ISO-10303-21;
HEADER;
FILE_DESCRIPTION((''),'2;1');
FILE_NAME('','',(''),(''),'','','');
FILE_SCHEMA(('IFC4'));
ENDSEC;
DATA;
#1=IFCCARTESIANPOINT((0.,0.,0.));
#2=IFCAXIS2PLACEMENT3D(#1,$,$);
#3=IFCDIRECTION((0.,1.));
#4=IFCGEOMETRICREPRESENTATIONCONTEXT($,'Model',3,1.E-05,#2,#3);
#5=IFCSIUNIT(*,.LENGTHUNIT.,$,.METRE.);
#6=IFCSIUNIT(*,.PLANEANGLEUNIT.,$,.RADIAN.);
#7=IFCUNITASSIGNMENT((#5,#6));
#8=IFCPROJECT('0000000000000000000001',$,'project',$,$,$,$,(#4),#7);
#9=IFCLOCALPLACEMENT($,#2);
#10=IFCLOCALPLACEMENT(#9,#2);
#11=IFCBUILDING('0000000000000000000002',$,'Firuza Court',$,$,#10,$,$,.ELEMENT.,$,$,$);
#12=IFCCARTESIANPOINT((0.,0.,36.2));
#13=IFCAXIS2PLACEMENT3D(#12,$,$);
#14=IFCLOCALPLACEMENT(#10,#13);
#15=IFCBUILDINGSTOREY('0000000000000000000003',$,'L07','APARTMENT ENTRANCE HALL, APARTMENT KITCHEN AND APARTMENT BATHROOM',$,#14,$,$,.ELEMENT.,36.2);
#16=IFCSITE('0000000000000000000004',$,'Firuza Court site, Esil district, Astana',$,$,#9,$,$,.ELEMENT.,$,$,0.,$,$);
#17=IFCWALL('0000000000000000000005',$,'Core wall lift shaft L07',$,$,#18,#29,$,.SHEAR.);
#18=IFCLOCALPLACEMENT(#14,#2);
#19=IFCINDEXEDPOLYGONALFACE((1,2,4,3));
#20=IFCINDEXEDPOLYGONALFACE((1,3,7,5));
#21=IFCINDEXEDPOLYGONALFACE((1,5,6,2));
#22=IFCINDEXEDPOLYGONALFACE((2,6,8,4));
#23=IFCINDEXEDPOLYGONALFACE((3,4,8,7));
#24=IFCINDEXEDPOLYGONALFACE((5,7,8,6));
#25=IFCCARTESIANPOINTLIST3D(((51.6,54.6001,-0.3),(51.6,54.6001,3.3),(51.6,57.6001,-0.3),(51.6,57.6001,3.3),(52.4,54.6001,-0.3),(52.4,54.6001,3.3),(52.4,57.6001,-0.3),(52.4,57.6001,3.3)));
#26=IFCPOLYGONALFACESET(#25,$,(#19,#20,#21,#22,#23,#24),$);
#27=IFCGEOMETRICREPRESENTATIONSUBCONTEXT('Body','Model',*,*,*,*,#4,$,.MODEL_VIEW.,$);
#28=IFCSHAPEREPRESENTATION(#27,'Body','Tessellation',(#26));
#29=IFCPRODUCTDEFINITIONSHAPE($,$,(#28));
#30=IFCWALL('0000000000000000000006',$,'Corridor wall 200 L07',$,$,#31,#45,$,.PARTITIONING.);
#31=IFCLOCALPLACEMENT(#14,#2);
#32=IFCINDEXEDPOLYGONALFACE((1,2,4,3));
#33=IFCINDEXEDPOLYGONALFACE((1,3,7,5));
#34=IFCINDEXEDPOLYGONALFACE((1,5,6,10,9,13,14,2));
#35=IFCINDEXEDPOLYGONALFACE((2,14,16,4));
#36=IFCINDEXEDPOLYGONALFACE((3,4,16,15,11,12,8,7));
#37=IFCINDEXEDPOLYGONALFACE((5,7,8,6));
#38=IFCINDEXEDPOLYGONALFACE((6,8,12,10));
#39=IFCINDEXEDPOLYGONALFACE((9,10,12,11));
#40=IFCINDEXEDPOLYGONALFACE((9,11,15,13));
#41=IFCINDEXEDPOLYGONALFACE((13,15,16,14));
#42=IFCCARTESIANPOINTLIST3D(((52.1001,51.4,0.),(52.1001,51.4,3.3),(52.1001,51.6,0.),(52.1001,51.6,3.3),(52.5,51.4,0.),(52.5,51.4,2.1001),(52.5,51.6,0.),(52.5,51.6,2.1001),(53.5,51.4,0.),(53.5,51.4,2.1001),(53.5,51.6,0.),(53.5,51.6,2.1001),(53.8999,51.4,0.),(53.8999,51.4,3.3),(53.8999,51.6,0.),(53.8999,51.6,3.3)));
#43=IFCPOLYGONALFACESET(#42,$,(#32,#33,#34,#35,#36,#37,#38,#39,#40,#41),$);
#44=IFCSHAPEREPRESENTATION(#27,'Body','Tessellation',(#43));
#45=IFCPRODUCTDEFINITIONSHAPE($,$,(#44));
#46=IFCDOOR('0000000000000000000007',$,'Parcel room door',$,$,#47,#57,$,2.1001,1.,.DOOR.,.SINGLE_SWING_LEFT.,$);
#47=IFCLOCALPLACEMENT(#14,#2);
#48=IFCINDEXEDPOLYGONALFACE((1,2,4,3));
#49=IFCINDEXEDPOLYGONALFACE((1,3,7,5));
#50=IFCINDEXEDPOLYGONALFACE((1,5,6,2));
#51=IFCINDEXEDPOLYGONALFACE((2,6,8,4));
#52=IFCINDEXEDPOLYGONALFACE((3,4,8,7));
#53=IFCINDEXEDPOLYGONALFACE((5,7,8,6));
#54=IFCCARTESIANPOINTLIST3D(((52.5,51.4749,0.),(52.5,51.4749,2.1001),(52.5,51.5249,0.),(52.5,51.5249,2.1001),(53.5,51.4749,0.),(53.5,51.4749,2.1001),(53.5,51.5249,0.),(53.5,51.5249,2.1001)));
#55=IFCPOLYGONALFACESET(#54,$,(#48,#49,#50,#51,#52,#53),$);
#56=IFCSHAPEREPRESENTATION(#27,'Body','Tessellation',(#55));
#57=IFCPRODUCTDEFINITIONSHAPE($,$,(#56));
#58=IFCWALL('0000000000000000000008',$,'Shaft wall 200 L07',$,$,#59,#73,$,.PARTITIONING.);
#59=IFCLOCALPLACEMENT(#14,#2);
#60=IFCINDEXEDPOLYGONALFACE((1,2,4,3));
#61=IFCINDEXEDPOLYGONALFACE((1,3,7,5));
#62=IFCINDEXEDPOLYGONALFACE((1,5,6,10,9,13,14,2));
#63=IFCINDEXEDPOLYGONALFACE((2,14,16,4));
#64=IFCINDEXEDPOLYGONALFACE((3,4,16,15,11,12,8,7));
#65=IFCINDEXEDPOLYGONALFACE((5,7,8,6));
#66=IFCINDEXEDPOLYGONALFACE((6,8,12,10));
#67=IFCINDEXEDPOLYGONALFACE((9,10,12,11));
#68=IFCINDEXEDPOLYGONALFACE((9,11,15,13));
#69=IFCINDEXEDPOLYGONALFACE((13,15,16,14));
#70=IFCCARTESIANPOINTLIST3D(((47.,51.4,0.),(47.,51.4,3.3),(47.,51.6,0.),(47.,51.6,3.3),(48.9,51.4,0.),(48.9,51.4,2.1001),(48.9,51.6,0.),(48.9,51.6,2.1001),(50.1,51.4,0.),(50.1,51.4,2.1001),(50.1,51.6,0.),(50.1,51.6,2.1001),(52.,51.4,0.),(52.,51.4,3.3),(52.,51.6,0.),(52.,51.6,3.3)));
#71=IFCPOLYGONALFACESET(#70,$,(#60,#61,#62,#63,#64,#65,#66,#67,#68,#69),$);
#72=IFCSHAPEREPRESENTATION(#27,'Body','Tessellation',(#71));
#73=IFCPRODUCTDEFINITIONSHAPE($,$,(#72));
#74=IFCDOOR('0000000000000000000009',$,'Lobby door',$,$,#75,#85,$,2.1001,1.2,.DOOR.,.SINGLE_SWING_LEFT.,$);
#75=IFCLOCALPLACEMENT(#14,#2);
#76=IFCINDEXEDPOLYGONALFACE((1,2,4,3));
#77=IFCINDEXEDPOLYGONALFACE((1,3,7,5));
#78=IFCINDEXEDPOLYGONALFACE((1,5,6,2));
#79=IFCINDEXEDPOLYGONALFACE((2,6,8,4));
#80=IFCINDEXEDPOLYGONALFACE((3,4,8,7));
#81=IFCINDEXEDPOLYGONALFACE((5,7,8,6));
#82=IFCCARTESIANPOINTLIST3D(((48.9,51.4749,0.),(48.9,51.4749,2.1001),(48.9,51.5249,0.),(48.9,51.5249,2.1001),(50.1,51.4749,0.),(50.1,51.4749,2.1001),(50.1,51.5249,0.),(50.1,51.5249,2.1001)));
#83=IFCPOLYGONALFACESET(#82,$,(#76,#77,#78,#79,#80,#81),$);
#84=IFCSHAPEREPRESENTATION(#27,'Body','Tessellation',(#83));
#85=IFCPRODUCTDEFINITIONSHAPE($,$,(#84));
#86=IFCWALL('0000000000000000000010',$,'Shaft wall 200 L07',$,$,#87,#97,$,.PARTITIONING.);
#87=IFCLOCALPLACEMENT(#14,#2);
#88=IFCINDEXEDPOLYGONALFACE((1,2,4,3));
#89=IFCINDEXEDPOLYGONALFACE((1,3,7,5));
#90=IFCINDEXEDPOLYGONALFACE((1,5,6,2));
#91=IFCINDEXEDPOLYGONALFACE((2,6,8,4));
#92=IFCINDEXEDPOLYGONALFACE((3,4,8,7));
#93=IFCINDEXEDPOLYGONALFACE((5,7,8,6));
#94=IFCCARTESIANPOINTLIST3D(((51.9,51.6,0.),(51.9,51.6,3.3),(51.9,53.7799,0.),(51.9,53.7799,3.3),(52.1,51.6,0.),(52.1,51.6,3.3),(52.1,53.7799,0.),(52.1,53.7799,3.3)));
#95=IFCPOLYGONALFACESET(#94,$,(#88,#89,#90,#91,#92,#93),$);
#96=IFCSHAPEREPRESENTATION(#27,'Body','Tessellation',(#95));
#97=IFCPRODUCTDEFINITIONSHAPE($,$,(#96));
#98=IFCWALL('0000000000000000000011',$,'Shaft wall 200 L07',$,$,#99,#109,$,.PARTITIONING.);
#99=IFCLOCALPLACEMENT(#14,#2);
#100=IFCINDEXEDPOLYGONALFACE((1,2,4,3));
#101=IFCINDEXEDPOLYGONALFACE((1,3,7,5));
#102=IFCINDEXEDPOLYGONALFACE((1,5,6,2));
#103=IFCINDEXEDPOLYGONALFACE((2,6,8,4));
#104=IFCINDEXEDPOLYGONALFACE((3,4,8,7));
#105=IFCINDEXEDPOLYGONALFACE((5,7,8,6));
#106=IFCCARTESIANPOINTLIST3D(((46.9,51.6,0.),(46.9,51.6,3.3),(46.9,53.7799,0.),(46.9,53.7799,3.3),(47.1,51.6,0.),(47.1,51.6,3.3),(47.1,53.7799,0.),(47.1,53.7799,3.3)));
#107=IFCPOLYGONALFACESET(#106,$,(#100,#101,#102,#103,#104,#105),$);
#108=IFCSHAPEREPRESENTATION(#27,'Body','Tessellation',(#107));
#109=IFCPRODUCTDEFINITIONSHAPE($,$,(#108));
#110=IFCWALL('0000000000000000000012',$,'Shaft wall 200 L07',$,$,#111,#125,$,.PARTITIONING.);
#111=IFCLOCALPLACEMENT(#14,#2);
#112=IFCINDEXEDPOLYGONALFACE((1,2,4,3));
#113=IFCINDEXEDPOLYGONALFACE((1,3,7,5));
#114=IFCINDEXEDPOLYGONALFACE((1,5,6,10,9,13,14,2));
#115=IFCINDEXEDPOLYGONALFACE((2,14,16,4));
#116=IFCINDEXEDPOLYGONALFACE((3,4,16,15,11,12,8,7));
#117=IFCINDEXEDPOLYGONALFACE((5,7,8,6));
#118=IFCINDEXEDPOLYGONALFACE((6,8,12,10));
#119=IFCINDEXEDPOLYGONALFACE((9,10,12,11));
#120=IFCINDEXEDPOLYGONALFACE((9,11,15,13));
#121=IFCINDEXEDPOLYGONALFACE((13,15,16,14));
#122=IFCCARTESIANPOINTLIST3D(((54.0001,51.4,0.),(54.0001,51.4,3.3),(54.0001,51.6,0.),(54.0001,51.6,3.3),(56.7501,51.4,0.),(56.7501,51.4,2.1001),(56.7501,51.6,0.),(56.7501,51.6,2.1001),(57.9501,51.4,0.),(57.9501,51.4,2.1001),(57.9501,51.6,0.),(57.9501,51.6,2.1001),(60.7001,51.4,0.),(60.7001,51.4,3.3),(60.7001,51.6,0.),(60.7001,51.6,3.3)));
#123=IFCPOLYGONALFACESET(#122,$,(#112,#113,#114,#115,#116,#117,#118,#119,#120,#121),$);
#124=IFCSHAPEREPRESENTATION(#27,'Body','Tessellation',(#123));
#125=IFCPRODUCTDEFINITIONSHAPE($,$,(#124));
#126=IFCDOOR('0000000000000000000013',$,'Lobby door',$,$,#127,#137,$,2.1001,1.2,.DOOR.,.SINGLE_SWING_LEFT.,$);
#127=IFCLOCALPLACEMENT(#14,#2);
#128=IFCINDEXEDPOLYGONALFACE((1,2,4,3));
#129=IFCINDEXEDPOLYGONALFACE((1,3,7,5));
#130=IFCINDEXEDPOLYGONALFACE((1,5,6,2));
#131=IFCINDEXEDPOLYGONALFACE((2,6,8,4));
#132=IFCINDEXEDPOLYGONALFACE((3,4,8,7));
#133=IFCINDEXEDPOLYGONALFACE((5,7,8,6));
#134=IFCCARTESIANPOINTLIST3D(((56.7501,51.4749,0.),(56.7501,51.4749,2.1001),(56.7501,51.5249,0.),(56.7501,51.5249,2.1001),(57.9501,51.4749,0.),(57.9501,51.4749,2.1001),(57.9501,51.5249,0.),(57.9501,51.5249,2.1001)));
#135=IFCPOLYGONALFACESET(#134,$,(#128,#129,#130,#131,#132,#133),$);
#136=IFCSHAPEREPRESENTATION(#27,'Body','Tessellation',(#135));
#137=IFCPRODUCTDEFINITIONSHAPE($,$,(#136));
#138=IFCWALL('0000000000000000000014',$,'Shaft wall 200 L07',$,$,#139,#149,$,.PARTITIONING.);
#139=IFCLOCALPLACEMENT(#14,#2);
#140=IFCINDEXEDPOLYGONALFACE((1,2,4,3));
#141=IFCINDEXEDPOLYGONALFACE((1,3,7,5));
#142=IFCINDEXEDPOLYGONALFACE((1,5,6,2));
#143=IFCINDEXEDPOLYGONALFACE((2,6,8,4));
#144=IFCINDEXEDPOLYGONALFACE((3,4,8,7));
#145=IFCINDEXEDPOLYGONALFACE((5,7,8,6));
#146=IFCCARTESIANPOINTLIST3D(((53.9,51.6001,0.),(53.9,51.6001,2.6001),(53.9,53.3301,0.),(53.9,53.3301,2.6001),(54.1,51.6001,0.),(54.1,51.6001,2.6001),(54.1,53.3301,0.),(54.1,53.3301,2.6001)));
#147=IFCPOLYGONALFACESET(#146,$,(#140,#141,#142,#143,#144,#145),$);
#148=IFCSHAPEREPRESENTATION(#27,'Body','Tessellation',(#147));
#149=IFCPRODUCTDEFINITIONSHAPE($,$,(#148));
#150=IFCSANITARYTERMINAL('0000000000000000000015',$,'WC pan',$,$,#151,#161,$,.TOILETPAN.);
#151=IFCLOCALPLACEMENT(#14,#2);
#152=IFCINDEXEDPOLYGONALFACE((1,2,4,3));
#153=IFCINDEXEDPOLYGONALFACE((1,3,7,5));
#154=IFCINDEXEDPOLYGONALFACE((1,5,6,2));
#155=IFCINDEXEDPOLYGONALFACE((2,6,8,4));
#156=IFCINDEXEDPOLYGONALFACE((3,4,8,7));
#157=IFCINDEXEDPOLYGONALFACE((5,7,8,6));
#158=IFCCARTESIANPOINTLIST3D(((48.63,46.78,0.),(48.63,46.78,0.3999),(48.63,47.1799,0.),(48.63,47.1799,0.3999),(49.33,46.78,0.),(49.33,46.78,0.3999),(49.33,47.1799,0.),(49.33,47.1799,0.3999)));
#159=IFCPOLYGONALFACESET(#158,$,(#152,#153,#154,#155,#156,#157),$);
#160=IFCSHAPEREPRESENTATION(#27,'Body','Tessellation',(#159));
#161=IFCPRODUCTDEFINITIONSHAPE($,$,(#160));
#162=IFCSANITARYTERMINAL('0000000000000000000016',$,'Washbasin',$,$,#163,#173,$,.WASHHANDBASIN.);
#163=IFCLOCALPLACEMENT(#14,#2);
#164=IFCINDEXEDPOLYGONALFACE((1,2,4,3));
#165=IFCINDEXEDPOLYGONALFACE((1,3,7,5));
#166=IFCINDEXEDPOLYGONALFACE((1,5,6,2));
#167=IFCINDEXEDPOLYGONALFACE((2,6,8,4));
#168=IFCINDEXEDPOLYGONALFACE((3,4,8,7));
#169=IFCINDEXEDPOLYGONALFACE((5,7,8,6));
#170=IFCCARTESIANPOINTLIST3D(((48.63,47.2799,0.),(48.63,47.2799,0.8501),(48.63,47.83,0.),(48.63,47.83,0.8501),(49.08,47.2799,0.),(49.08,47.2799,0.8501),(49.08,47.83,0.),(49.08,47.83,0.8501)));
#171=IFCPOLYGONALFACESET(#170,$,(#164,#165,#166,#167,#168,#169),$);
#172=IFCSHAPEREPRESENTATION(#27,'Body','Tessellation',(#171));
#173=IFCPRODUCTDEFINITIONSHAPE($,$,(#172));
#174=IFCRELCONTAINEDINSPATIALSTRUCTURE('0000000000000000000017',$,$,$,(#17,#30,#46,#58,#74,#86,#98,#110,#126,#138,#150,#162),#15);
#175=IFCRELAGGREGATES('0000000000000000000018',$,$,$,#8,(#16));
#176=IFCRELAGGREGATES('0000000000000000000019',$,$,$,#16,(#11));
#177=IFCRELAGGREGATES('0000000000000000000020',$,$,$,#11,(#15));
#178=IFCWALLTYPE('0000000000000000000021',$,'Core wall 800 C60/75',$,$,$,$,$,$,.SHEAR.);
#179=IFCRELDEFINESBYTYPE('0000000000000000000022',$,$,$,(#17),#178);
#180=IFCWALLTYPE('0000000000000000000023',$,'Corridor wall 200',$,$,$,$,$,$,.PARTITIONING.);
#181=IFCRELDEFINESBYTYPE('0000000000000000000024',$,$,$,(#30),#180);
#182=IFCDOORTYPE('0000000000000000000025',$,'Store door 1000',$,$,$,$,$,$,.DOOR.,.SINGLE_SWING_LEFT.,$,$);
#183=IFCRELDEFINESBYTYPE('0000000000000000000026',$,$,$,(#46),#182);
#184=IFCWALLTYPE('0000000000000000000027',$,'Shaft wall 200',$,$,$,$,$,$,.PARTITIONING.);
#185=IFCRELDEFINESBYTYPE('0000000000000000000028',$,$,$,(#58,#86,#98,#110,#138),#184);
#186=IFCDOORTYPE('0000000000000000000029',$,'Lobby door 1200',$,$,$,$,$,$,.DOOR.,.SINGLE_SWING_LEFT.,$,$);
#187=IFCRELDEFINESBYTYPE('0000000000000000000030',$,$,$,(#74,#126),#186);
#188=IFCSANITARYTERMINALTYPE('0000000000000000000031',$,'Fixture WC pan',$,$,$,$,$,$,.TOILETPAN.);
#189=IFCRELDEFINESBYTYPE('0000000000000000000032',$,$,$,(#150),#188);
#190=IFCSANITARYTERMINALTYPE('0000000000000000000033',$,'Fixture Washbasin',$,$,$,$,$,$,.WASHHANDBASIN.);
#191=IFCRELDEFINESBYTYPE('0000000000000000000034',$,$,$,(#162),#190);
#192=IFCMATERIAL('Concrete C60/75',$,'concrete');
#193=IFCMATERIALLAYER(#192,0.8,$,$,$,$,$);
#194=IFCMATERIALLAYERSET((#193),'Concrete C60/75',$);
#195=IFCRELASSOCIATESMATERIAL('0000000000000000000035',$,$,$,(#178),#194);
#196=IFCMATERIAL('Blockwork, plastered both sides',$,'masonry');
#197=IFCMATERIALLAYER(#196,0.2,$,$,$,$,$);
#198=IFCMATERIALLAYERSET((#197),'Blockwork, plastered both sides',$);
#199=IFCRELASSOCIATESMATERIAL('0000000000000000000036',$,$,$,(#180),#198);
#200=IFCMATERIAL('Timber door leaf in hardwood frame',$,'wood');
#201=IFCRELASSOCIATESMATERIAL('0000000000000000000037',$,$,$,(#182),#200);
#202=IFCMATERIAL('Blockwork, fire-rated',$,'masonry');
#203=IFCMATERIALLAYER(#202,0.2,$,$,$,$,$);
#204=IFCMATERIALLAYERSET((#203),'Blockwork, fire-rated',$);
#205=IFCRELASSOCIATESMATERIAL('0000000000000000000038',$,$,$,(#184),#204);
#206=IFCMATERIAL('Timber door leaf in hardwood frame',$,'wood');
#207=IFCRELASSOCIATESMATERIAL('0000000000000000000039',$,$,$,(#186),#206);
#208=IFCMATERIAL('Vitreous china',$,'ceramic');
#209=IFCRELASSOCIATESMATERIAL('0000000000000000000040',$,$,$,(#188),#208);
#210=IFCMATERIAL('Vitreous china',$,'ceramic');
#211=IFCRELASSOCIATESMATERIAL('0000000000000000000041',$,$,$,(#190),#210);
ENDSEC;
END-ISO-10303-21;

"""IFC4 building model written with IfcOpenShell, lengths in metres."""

from ifc_helpers import new_model, si_unit, direction, frame, frame_2d, origin, origin_2d, place, context, subcontext, project, spatial, rectangle, extrude, material, layer, layer_set, type_object, element, fill, save


model = new_model("IFC4")

# Units and contexts
model_context = context("Model", 3, precision=1e-05, world=origin(), true_north=direction((0.0, 1.0)))
body_context = subcontext(model_context, "Body", "Model", "MODEL_VIEW")
ifc_project = project(units=[si_unit("LENGTHUNIT", "METRE"), si_unit("PLANEANGLEUNIT", "RADIAN")], contexts=[model_context])

# Site, building, storey
site_placement = place(None, origin())
site = spatial("IfcSite", under=ifc_project, at=site_placement, Name="Firuza Court site, Esil district, Astana", CompositionType="ELEMENT", RefElevation=0.0)
building_placement = place(site_placement, origin())
building = spatial("IfcBuilding", under=site, at=building_placement, Name="Firuza Court", CompositionType="ELEMENT")
storey_placement = place(building_placement, frame((0.0, 0.0, 36.2)))
storey = spatial("IfcBuildingStorey", under=building, at=storey_placement, Name="L07", Description="APARTMENT ENTRANCE HALL, APARTMENT KITCHEN AND APARTMENT BATHROOM", CompositionType="ELEMENT", Elevation=36.2)

# Shared definitions
ifc_material_1 = material(Name="Concrete C60/75", Category="concrete")

# Wall
ifc_layer_1 = layer(ifc_material_1, 0.8)
ifc_layer_set_1 = layer_set([ifc_layer_1], Name="Concrete C60/75")
wall_type_1 = type_object("IfcWallType", Name="Core wall 800 C60/75", PredefinedType="SHEAR", material=ifc_layer_set_1)
wall_1_placement = place(storey_placement, frame((52.0, 54.6001, -0.3), z_axis=(0.0, 0.0, 1.0), x_axis=(0.0, 1.0, 0.0)))
element("IfcWall", 1, at=wall_1_placement, inside=storey, type_object=wall_type_1, Name="Core wall lift shaft L07", PredefinedType="SHEAR", context=body_context, shape_type="SweptSolid", body=[
    extrude(rectangle(XDim=3.0, YDim=0.8, at=frame_2d((1.5, 0.0))), origin(), (0.0, 0.0, 1.0), 3.6001),
])

# Walls, openings, doors
ifc_material_2 = material(Name="Blockwork, plastered both sides", Category="masonry")
ifc_layer_2 = layer(ifc_material_2, 0.2)
ifc_layer_set_2 = layer_set([ifc_layer_2], Name="Blockwork, plastered both sides")
wall_type_2 = type_object("IfcWallType", Name="Corridor wall 200", PredefinedType="PARTITIONING", material=ifc_layer_set_2)
wall_2_placement = place(storey_placement, frame((52.1001, 51.5, 0.0), z_axis=(0.0, 0.0, 1.0), x_axis=(1.0, 0.0, 0.0)))
wall_2 = element("IfcWall", 2, at=wall_2_placement, inside=storey, type_object=wall_type_2, Name="Corridor wall 200 L07", PredefinedType="PARTITIONING", context=body_context, shape_type="SweptSolid", body=[
    extrude(rectangle(XDim=1.7998, YDim=0.2, at=frame_2d((0.8999, 0.0))), origin(), (0.0, 0.0, 1.0), 3.3),
])
opening_1_placement = place(wall_2_placement, frame((0.3999, 0.0, 0.0)))
opening_1 = element("IfcOpeningElement", 3, at=opening_1_placement, cuts=wall_2, PredefinedType="OPENING", context=body_context, shape_type="SweptSolid", body=[
    extrude(rectangle(XDim=1.0, YDim=2.1001, at=frame_2d((0.5, 1.05))), frame((0.0, 0.1118, 0.0), z_axis=(0.0, -1.0, 0.0), x_axis=(1.0, 0.0, 0.0)), (0.0, 0.0, 1.0), 0.2239),
])
ifc_material_3 = material(Name="Timber door leaf in hardwood frame", Category="wood")
door_type_1 = type_object("IfcDoorType", Name="Store door 1000", OperationType="SINGLE_SWING_LEFT", PredefinedType="DOOR", material=ifc_material_3)
door_1_placement = place(opening_1_placement, origin())
door_1 = element("IfcDoor", 4, at=door_1_placement, inside=storey, type_object=door_type_1, Name="Parcel room door", OperationType="SINGLE_SWING_LEFT", OverallHeight=2.1001, OverallWidth=1.0, PredefinedType="DOOR", context=body_context, shape_type="SweptSolid", body=[
    extrude(rectangle(XDim=1.0, YDim=2.1001, at=frame_2d((0.5, 1.05))), frame((0.0, 0.0249, 0.0), z_axis=(0.0, -1.0, 0.0), x_axis=(1.0, 0.0, 0.0)), (0.0, 0.0, 1.0), 0.05),
])
fill(opening_1, door_1)
ifc_material_4 = material(Name="Blockwork, fire-rated", Category="masonry")
ifc_layer_3 = layer(ifc_material_4, 0.2)
ifc_layer_set_3 = layer_set([ifc_layer_3], Name="Blockwork, fire-rated")
wall_type_3 = type_object("IfcWallType", Name="Shaft wall 200", PredefinedType="PARTITIONING", material=ifc_layer_set_3)
wall_3_placement = place(storey_placement, frame((47.0, 51.5, 0.0), z_axis=(0.0, 0.0, 1.0), x_axis=(1.0, 0.0, 0.0)))
wall_3 = element("IfcWall", 5, at=wall_3_placement, inside=storey, type_object=wall_type_3, Name="Shaft wall 200 L07", PredefinedType="PARTITIONING", context=body_context, shape_type="SweptSolid", body=[
    extrude(rectangle(XDim=5.0, YDim=0.2, at=frame_2d((2.5, 0.0))), origin(), (0.0, 0.0, 1.0), 3.3),
])
opening_2_placement = place(wall_3_placement, frame((1.8999, 0.0, 0.0)))
opening_2 = element("IfcOpeningElement", 6, at=opening_2_placement, cuts=wall_3, PredefinedType="OPENING", context=body_context, shape_type="SweptSolid", body=[
    extrude(rectangle(XDim=1.2, YDim=2.1001, at=frame_2d((0.6001, 1.05))), frame((0.0, 0.1118, 0.0), z_axis=(0.0, -1.0, 0.0), x_axis=(1.0, 0.0, 0.0)), (0.0, 0.0, 1.0), 0.2239),
])
ifc_material_5 = material(Name="Timber door leaf in hardwood frame", Category="wood")
door_type_2 = type_object("IfcDoorType", Name="Lobby door 1200", OperationType="SINGLE_SWING_LEFT", PredefinedType="DOOR", material=ifc_material_5)
door_2_placement = place(opening_2_placement, origin())
door_2 = element("IfcDoor", 7, at=door_2_placement, inside=storey, type_object=door_type_2, Name="Lobby door", OperationType="SINGLE_SWING_LEFT", OverallHeight=2.1001, OverallWidth=1.2, PredefinedType="DOOR", context=body_context, shape_type="SweptSolid", body=[
    extrude(rectangle(XDim=1.2, YDim=2.1001, at=frame_2d((0.6001, 1.05))), frame((0.0, 0.0249, 0.0), z_axis=(0.0, -1.0, 0.0), x_axis=(1.0, 0.0, 0.0)), (0.0, 0.0, 1.0), 0.05),
])
fill(opening_2, door_2)

# Walls
for number, where, z_axis, x_axis, name in (
    (8, (52.0, 51.6001, 0.0), (0.0, 0.0, 1.0), (0.0, 1.0, 0.0), "Shaft wall 200 L07"),
    (9, (47.0, 51.6001, 0.0), (0.0, 0.0, 1.0), (0.0, 1.0, 0.0), "Shaft wall 200 L07"),
):
    element("IfcWall", number, at=place(storey_placement, frame(where, z_axis=z_axis, x_axis=x_axis)), inside=storey, type_object=wall_type_3, Name=name, PredefinedType="PARTITIONING", context=body_context, shape_type="SweptSolid", body=[
        extrude(rectangle(XDim=2.1799, YDim=0.2, at=frame_2d((1.0898, 0.0))), origin(), (0.0, 0.0, 1.0), 3.3),
    ])

# Wall, opening, door
wall_4_placement = place(storey_placement, frame((54.0, 51.5, 0.0), z_axis=(0.0, 0.0, 1.0), x_axis=(1.0, 0.0, 0.0)))
wall_4 = element("IfcWall", 10, at=wall_4_placement, inside=storey, type_object=wall_type_3, Name="Shaft wall 200 L07", PredefinedType="PARTITIONING", context=body_context, shape_type="SweptSolid", body=[
    extrude(rectangle(XDim=6.7, YDim=0.2, at=frame_2d((3.3501, 0.0))), origin(), (0.0, 0.0, 1.0), 3.3),
])
opening_3_placement = place(wall_4_placement, frame((2.75, 0.0, 0.0)))
opening_3 = element("IfcOpeningElement", 11, at=opening_3_placement, cuts=wall_4, PredefinedType="OPENING", context=body_context, shape_type="SweptSolid", body=[
    extrude(rectangle(XDim=1.2, YDim=2.1001, at=frame_2d((0.6001, 1.05))), frame((0.0, 0.1118, 0.0), z_axis=(0.0, -1.0, 0.0), x_axis=(1.0, 0.0, 0.0)), (0.0, 0.0, 1.0), 0.2239),
])
door_3_placement = place(opening_3_placement, origin())
door_3 = element("IfcDoor", 12, at=door_3_placement, inside=storey, type_object=door_type_2, Name="Lobby door", OperationType="SINGLE_SWING_LEFT", OverallHeight=2.1001, OverallWidth=1.2, PredefinedType="DOOR", context=body_context, shape_type="SweptSolid", body=[
    extrude(rectangle(XDim=1.2, YDim=2.1001, at=frame_2d((0.6001, 1.05))), frame((0.0, 0.0249, 0.0), z_axis=(0.0, -1.0, 0.0), x_axis=(1.0, 0.0, 0.0)), (0.0, 0.0, 1.0), 0.05),
])
fill(opening_3, door_3)

# Wall
wall_5_placement = place(storey_placement, frame((54.0, 51.6001, 0.0), z_axis=(0.0, 0.0, 1.0), x_axis=(0.0, 1.0, 0.0)))
element("IfcWall", 13, at=wall_5_placement, inside=storey, type_object=wall_type_3, Name="Shaft wall 200 L07", PredefinedType="PARTITIONING", context=body_context, shape_type="SweptSolid", body=[
    extrude(rectangle(XDim=1.73, YDim=0.2, at=frame_2d((0.865, 0.0))), origin(), (0.0, 0.0, 1.0), 2.6001),
])

# Sanitary terminals
ifc_material_6 = material(Name="Vitreous china", Category="ceramic")
sanitary_terminal_type_1 = type_object("IfcSanitaryTerminalType", Name="Fixture WC pan", PredefinedType="TOILETPAN", material=ifc_material_6)
sanitary_terminal_1_placement = place(storey_placement, frame((48.98, 46.98, 0.0), z_axis=(0.0, 0.0, 1.0), x_axis=(1.0, 0.0, 0.0)))
element("IfcSanitaryTerminal", 14, at=sanitary_terminal_1_placement, inside=storey, type_object=sanitary_terminal_type_1, Name="WC pan", PredefinedType="TOILETPAN", context=body_context, shape_type="SweptSolid", body=[
    extrude(rectangle(XDim=0.7, YDim=0.3999, at=origin_2d()), origin(), (0.0, 0.0, 1.0), 0.3999),
])
ifc_material_7 = material(Name="Vitreous china", Category="ceramic")
sanitary_terminal_type_2 = type_object("IfcSanitaryTerminalType", Name="Fixture Washbasin", PredefinedType="WASHHANDBASIN", material=ifc_material_7)
sanitary_terminal_2_placement = place(storey_placement, frame((48.855, 47.5549, 0.0), z_axis=(0.0, 0.0, 1.0), x_axis=(1.0, 0.0, 0.0)))
element("IfcSanitaryTerminal", 15, at=sanitary_terminal_2_placement, inside=storey, type_object=sanitary_terminal_type_2, Name="Washbasin", PredefinedType="WASHHANDBASIN", context=body_context, shape_type="SweptSolid", body=[
    extrude(rectangle(XDim=0.45, YDim=0.55, at=origin_2d()), origin(), (0.0, 0.0, 1.0), 0.8501),
])

save(model, "model.ifc")
